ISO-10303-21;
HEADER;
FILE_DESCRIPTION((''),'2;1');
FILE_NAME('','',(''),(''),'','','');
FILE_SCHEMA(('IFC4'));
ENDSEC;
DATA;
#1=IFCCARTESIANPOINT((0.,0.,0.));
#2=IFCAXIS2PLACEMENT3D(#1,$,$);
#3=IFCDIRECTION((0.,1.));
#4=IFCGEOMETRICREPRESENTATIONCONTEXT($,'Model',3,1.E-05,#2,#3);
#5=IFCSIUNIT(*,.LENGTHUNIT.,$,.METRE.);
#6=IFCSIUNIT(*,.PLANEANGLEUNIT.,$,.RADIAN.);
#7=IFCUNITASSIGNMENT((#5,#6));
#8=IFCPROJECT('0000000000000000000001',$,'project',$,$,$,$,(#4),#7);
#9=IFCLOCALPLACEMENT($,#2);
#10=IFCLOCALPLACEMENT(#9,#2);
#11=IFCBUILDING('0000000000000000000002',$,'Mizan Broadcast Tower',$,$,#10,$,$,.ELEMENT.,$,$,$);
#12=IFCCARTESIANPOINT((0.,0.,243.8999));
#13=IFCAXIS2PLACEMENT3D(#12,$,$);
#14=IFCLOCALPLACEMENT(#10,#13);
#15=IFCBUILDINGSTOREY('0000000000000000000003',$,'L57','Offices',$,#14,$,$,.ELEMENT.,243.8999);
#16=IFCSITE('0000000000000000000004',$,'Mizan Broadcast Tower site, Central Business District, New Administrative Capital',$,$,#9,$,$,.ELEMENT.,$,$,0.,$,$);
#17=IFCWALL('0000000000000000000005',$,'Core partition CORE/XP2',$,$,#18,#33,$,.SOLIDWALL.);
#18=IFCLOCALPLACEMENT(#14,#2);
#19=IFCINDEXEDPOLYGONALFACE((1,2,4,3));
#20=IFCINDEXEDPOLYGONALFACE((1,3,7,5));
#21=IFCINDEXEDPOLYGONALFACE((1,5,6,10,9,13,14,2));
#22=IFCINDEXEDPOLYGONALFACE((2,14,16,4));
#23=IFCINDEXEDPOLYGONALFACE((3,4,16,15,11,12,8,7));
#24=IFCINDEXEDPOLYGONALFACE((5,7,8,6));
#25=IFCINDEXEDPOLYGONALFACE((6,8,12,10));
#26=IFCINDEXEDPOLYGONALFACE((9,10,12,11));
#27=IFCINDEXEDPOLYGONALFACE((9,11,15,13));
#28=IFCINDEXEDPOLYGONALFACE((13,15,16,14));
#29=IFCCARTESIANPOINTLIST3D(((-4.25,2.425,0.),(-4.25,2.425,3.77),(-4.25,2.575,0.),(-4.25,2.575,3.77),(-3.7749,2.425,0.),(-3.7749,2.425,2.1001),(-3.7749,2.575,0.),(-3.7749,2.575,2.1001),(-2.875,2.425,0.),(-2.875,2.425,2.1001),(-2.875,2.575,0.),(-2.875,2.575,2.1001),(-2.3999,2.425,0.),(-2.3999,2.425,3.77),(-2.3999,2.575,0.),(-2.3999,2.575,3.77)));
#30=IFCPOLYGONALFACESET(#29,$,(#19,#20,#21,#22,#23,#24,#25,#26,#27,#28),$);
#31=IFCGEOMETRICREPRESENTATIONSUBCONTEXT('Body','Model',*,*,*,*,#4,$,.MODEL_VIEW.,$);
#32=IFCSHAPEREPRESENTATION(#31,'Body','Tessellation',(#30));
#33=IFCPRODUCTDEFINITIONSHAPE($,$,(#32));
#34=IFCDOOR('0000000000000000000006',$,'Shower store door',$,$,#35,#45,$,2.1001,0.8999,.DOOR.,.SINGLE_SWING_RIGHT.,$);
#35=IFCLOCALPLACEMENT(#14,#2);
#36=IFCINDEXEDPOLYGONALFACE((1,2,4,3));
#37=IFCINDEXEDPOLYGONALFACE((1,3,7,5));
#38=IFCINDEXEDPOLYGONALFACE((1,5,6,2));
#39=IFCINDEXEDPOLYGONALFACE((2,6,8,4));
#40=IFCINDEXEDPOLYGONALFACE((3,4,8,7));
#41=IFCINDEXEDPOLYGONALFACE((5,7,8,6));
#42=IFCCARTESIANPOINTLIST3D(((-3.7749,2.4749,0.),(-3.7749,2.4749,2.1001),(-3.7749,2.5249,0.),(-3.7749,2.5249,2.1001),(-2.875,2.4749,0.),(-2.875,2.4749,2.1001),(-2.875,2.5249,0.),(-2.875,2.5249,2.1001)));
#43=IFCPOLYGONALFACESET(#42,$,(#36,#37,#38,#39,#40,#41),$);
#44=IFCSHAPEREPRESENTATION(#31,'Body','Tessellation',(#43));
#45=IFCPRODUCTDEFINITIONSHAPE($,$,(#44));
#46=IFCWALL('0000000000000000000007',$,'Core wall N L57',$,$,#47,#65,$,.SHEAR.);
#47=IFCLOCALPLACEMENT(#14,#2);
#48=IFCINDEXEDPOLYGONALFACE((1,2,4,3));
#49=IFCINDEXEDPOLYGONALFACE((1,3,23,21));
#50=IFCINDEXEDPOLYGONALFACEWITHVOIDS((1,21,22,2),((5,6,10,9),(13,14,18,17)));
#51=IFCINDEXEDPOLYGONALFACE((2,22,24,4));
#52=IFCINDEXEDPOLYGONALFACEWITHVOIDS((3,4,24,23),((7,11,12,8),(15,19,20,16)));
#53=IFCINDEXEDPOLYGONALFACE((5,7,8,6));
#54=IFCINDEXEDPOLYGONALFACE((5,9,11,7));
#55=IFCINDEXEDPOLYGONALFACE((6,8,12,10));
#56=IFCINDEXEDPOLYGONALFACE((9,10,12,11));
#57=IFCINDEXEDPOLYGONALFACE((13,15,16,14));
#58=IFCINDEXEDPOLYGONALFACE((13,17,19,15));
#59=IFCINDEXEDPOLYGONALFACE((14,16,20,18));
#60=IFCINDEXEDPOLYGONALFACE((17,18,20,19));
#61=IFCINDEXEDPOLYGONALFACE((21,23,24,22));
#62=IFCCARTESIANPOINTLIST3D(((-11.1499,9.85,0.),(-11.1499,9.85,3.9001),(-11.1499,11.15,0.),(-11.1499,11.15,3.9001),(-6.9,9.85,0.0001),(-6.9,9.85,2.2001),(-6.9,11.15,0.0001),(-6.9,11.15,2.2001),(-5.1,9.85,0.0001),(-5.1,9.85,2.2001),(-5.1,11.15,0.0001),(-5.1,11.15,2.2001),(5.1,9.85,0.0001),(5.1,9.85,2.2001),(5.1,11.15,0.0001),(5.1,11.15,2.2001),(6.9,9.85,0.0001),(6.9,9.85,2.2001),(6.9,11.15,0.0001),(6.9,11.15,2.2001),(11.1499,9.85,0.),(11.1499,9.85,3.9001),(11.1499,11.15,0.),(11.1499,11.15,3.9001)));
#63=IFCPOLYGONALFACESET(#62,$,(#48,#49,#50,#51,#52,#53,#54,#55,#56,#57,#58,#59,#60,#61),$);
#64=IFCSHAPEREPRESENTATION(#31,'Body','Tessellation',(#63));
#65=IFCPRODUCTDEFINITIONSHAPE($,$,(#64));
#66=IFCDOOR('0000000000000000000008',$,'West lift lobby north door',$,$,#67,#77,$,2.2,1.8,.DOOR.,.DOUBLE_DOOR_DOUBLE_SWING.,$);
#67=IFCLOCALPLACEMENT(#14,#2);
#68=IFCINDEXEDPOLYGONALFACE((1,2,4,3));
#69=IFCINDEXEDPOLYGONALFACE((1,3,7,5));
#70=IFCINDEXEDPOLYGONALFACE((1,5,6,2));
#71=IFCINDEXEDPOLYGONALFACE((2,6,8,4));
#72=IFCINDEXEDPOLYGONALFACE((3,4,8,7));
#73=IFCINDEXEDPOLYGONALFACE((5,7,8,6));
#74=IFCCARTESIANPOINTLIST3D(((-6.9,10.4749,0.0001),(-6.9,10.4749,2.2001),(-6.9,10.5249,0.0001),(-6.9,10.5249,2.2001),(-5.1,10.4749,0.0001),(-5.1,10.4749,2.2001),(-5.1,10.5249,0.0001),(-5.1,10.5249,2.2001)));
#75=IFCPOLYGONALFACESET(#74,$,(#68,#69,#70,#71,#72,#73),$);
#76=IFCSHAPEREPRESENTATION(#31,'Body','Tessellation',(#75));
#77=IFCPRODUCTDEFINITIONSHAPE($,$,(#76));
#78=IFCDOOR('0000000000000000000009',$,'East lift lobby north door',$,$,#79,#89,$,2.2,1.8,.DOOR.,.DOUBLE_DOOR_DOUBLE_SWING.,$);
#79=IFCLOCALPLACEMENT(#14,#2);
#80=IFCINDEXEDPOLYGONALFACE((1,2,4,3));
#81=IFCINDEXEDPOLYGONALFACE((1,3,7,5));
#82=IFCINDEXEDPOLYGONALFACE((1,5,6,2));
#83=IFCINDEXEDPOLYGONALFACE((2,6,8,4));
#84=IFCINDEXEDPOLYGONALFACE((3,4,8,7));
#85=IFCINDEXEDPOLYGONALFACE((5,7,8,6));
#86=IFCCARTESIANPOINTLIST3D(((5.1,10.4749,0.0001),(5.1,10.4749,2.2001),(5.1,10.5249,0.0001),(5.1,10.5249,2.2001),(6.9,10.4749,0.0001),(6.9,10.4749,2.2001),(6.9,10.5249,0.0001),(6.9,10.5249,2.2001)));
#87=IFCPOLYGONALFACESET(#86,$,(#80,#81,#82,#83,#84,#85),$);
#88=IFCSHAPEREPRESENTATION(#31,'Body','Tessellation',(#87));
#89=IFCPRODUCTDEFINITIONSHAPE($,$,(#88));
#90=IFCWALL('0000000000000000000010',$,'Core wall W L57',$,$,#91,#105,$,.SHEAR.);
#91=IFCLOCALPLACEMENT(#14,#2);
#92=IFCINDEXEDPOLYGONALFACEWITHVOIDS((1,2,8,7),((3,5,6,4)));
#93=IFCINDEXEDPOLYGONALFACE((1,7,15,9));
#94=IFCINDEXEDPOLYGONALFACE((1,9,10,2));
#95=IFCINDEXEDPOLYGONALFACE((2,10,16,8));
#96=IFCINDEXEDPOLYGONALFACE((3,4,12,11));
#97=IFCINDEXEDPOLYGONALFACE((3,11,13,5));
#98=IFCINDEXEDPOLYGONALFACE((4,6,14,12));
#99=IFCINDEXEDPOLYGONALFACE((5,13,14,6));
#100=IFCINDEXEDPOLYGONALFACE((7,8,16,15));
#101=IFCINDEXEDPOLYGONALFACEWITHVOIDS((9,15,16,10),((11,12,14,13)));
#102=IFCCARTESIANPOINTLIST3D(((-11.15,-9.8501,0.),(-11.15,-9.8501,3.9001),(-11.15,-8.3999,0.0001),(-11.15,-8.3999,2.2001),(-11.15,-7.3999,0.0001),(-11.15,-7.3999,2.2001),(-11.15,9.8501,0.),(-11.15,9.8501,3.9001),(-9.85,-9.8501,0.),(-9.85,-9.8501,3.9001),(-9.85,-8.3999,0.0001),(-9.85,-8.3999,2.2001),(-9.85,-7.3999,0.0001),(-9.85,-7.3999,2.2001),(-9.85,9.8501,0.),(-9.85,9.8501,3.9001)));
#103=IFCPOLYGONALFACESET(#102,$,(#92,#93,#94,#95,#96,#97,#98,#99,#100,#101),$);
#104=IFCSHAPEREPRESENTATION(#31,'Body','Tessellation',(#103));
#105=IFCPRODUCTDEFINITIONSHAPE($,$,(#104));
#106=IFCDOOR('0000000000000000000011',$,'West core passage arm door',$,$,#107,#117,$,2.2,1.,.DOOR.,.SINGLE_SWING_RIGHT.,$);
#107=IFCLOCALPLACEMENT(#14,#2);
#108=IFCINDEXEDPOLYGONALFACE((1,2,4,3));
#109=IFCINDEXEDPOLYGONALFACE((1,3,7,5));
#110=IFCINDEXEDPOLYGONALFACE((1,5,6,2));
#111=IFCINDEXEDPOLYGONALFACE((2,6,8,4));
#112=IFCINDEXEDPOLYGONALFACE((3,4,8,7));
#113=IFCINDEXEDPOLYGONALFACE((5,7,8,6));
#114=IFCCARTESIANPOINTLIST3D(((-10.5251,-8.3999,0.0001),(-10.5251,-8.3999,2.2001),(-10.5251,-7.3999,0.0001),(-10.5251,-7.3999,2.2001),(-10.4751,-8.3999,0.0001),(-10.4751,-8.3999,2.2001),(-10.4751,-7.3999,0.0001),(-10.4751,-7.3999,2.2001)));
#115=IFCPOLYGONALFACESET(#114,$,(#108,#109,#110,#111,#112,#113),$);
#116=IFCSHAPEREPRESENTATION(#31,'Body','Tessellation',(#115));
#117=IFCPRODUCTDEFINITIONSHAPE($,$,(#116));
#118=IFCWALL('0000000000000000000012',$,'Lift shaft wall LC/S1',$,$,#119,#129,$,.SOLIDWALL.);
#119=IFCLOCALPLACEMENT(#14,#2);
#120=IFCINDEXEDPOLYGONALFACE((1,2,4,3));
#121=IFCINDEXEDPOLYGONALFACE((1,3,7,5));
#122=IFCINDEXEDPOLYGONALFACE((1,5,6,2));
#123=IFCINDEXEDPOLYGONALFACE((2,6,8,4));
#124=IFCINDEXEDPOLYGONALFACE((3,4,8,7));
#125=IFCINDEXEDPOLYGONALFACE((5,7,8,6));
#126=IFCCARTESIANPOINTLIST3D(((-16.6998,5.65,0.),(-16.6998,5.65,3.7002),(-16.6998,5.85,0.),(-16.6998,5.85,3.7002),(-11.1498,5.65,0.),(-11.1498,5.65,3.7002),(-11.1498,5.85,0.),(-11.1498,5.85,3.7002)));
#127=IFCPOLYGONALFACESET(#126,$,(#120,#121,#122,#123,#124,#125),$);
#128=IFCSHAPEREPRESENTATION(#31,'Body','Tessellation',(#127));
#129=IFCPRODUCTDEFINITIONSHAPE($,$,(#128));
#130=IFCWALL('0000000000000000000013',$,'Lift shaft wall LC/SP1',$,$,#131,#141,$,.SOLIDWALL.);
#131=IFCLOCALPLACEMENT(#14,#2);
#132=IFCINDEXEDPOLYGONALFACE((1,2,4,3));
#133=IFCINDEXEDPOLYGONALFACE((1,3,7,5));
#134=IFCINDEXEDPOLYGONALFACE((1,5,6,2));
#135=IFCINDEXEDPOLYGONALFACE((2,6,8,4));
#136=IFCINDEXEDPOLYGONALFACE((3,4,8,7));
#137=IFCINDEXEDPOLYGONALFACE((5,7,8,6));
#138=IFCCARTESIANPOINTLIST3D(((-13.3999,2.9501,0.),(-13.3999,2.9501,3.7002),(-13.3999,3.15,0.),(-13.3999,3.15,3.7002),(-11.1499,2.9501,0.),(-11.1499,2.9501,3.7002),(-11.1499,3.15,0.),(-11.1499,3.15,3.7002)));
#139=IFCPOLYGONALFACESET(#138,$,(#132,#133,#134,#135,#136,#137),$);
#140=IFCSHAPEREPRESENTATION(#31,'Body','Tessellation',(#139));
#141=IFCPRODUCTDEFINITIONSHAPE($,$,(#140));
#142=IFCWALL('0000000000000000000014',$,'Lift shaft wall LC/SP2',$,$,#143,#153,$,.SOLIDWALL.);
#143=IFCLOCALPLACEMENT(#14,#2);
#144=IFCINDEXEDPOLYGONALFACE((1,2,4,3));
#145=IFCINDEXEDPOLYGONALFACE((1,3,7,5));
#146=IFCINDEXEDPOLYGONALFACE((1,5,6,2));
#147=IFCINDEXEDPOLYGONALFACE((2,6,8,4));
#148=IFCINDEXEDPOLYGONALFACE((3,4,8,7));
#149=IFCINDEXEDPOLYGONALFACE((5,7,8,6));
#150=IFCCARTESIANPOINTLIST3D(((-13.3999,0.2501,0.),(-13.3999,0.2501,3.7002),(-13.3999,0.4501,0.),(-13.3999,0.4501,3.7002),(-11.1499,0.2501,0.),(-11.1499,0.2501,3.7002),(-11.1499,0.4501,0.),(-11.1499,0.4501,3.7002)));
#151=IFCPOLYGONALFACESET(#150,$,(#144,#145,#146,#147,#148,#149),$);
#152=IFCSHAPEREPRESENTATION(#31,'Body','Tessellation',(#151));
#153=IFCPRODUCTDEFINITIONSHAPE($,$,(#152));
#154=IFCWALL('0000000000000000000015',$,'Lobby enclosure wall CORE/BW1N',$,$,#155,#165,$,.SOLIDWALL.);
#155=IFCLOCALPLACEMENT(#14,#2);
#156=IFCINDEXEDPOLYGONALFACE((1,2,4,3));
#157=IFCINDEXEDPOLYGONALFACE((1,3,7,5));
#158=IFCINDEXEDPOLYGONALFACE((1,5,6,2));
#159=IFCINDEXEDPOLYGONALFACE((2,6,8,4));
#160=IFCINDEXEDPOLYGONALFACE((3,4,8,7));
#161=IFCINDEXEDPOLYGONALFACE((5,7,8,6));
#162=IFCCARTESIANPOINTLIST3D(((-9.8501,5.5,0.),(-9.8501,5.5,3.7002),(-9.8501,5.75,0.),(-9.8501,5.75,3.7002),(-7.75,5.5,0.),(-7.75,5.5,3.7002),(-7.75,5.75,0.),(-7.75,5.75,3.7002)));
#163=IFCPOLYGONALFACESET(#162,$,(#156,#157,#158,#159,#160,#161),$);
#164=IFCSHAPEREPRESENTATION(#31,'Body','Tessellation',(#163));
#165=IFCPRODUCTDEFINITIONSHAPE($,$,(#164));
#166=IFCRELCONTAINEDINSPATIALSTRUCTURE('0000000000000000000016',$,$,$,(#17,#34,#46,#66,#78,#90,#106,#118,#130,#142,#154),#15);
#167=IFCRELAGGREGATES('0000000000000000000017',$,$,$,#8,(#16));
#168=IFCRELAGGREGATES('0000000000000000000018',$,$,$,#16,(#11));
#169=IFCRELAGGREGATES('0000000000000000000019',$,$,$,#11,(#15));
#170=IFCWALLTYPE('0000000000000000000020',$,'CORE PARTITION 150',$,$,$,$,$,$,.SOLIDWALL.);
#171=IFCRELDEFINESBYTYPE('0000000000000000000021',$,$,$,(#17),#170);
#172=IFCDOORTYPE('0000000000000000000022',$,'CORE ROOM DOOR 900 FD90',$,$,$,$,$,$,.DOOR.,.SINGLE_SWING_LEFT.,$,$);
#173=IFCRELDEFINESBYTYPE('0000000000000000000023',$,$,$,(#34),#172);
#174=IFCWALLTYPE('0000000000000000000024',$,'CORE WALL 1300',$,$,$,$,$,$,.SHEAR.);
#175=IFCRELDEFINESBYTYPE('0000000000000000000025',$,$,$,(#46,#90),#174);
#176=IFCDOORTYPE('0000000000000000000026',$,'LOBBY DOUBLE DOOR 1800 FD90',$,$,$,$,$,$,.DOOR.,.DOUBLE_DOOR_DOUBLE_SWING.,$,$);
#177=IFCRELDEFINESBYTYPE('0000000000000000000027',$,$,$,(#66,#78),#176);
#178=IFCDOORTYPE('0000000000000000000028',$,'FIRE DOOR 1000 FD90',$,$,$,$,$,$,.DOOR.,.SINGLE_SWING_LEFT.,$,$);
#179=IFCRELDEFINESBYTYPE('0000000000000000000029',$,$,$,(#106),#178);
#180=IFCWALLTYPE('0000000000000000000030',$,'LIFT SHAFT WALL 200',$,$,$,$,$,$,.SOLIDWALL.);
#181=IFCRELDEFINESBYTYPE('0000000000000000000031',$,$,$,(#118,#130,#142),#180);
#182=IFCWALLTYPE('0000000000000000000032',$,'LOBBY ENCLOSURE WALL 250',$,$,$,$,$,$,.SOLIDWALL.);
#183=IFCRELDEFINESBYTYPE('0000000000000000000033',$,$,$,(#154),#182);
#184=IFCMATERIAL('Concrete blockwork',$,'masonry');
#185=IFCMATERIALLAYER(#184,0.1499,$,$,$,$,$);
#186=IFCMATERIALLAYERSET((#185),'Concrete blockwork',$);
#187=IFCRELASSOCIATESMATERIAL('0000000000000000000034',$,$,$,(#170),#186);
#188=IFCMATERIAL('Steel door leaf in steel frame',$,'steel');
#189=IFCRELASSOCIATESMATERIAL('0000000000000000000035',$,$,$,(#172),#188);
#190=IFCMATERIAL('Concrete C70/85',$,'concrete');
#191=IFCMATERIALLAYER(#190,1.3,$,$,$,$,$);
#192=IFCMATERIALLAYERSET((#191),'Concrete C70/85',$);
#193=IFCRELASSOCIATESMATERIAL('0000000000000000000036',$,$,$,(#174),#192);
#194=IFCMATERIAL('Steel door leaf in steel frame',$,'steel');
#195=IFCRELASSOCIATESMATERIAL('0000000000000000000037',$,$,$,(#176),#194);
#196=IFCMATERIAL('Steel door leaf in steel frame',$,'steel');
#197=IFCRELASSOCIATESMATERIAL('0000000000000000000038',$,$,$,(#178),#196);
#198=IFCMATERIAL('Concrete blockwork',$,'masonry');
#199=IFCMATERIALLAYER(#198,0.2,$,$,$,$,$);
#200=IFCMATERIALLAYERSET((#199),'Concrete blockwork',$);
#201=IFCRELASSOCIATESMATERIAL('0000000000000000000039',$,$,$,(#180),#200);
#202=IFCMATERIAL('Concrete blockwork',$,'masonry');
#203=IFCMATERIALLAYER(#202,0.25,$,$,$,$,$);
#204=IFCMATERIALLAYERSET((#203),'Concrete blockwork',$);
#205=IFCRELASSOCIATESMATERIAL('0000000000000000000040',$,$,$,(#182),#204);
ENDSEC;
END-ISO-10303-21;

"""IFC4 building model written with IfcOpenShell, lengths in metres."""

from ifc_helpers import new_model, si_unit, direction, frame, frame_2d, origin, place, context, subcontext, project, spatial, rectangle, extrude, material, layer, layer_set, type_object, element, fill, save


model = new_model("IFC4")

# Units and contexts
model_context = context("Model", 3, precision=1e-05, world=origin(), true_north=direction((0.0, 1.0)))
body_context = subcontext(model_context, "Body", "Model", "MODEL_VIEW")
ifc_project = project(units=[si_unit("LENGTHUNIT", "METRE"), si_unit("PLANEANGLEUNIT", "RADIAN")], contexts=[model_context])

# Site, building, storey
site_placement = place(None, origin())
site = spatial("IfcSite", under=ifc_project, at=site_placement, Name="Mizan Broadcast Tower site, Central Business District, New Administrative Capital", CompositionType="ELEMENT", RefElevation=0.0)
building_placement = place(site_placement, origin())
building = spatial("IfcBuilding", under=site, at=building_placement, Name="Mizan Broadcast Tower", CompositionType="ELEMENT")
storey_placement = place(building_placement, frame((0.0, 0.0, 243.8999)))
storey = spatial("IfcBuildingStorey", under=building, at=storey_placement, Name="L57", Description="Offices", CompositionType="ELEMENT", Elevation=243.8999)

# Wall, opening, door
ifc_material_1 = material(Name="Concrete blockwork", Category="masonry")
ifc_layer_1 = layer(ifc_material_1, 0.1499)
ifc_layer_set_1 = layer_set([ifc_layer_1], Name="Concrete blockwork")
wall_type_1 = type_object("IfcWallType", Name="CORE PARTITION 150", PredefinedType="SOLIDWALL", material=ifc_layer_set_1)
wall_1_placement = place(storey_placement, frame((-4.25, 2.5, 0.0), z_axis=(0.0, 0.0, 1.0), x_axis=(1.0, 0.0, 0.0)))
wall_1 = element("IfcWall", 1, at=wall_1_placement, inside=storey, type_object=wall_type_1, Name="Core partition CORE/XP2", PredefinedType="SOLIDWALL", context=body_context, shape_type="SweptSolid", body=[
    extrude(rectangle(XDim=1.8501, YDim=0.1499, at=frame_2d((0.925, 0.0))), origin(), (0.0, 0.0, 1.0), 3.77),
])
opening_1_placement = place(wall_1_placement, frame((0.4751, 0.0, 0.0)))
opening_1 = element("IfcOpeningElement", 2, at=opening_1_placement, cuts=wall_1, PredefinedType="OPENING", context=body_context, shape_type="SweptSolid", body=[
    extrude(rectangle(XDim=0.8999, YDim=2.1001, at=frame_2d((0.45, 1.05))), frame((0.0, 0.085, 0.0), z_axis=(0.0, -1.0, 0.0), x_axis=(1.0, 0.0, 0.0)), (0.0, 0.0, 1.0), 0.1699),
])
ifc_material_2 = material(Name="Steel door leaf in steel frame", Category="steel")
door_type_1 = type_object("IfcDoorType", Name="CORE ROOM DOOR 900 FD90", OperationType="SINGLE_SWING_LEFT", PredefinedType="DOOR", material=ifc_material_2)
door_1_placement = place(opening_1_placement, origin())
door_1 = element("IfcDoor", 3, at=door_1_placement, inside=storey, type_object=door_type_1, Name="Shower store door", OperationType="SINGLE_SWING_RIGHT", OverallHeight=2.1001, OverallWidth=0.8999, PredefinedType="DOOR", context=body_context, shape_type="SweptSolid", body=[
    extrude(rectangle(XDim=0.8999, YDim=2.1001, at=frame_2d((0.45, 1.05))), frame((0.0, 0.0249, 0.0), z_axis=(0.0, -1.0, 0.0), x_axis=(1.0, 0.0, 0.0)), (0.0, 0.0, 1.0), 0.05),
])
fill(opening_1, door_1)

# Wall, openings, doors
ifc_material_3 = material(Name="Concrete C70/85", Category="concrete")
ifc_layer_2 = layer(ifc_material_3, 1.3)
ifc_layer_set_2 = layer_set([ifc_layer_2], Name="Concrete C70/85")
wall_type_2 = type_object("IfcWallType", Name="CORE WALL 1300", PredefinedType="SHEAR", material=ifc_layer_set_2)
wall_2_placement = place(storey_placement, frame((-11.1499, 10.5, 0.0), z_axis=(0.0, 0.0, 1.0), x_axis=(1.0, 0.0, 0.0)))
wall_2 = element("IfcWall", 4, at=wall_2_placement, inside=storey, type_object=wall_type_2, Name="Core wall N L57", PredefinedType="SHEAR", context=body_context, shape_type="SweptSolid", body=[
    extrude(rectangle(XDim=22.2998, YDim=1.3, at=frame_2d((11.1499, 0.0))), origin(), (0.0, 0.0, 1.0), 3.9001),
])
opening_2_placement = place(wall_2_placement, frame((4.25, 0.0, 0.0)))
opening_2 = element("IfcOpeningElement", 5, at=opening_2_placement, cuts=wall_2, PredefinedType="OPENING", context=body_context, shape_type="SweptSolid", body=[
    extrude(rectangle(XDim=1.8, YDim=2.2, at=frame_2d((0.8999, 1.1001))), frame((0.0, 0.6599, 0.0), z_axis=(0.0, -1.0, 0.0), x_axis=(1.0, 0.0, 0.0)), (0.0, 0.0, 1.0), 1.3201),
])
opening_3_placement = place(wall_2_placement, frame((16.25, 0.0, 0.0)))
opening_3 = element("IfcOpeningElement", 6, at=opening_3_placement, cuts=wall_2, PredefinedType="OPENING", context=body_context, shape_type="SweptSolid", body=[
    extrude(rectangle(XDim=1.8, YDim=2.2, at=frame_2d((0.8999, 1.1001))), frame((0.0, 0.6599, 0.0), z_axis=(0.0, -1.0, 0.0), x_axis=(1.0, 0.0, 0.0)), (0.0, 0.0, 1.0), 1.3201),
])
ifc_material_4 = material(Name="Steel door leaf in steel frame", Category="steel")
door_type_2 = type_object("IfcDoorType", Name="LOBBY DOUBLE DOOR 1800 FD90", OperationType="DOUBLE_DOOR_DOUBLE_SWING", PredefinedType="DOOR", material=ifc_material_4)
door_2_placement = place(opening_2_placement, origin())
door_2 = element("IfcDoor", 7, at=door_2_placement, inside=storey, type_object=door_type_2, Name="West lift lobby north door", OperationType="DOUBLE_DOOR_DOUBLE_SWING", OverallHeight=2.2, OverallWidth=1.8, PredefinedType="DOOR", context=body_context, shape_type="SweptSolid", body=[
    extrude(rectangle(XDim=1.8, YDim=2.2, at=frame_2d((0.8999, 1.1001))), frame((0.0, 0.0249, 0.0), z_axis=(0.0, -1.0, 0.0), x_axis=(1.0, 0.0, 0.0)), (0.0, 0.0, 1.0), 0.05),
])
fill(opening_2, door_2)
door_3_placement = place(opening_3_placement, origin())
door_3 = element("IfcDoor", 8, at=door_3_placement, inside=storey, type_object=door_type_2, Name="East lift lobby north door", OperationType="DOUBLE_DOOR_DOUBLE_SWING", OverallHeight=2.2, OverallWidth=1.8, PredefinedType="DOOR", context=body_context, shape_type="SweptSolid", body=[
    extrude(rectangle(XDim=1.8, YDim=2.2, at=frame_2d((0.8999, 1.1001))), frame((0.0, 0.0249, 0.0), z_axis=(0.0, -1.0, 0.0), x_axis=(1.0, 0.0, 0.0)), (0.0, 0.0, 1.0), 0.05),
])
fill(opening_3, door_3)

# Wall, opening, door
wall_3_placement = place(storey_placement, frame((-10.5, 9.8501, 0.0), z_axis=(0.0, 0.0, 1.0), x_axis=(0.0, -1.0, 0.0)))
wall_3 = element("IfcWall", 9, at=wall_3_placement, inside=storey, type_object=wall_type_2, Name="Core wall W L57", PredefinedType="SHEAR", context=body_context, shape_type="SweptSolid", body=[
    extrude(rectangle(XDim=19.7002, YDim=1.3, at=frame_2d((9.8501, 0.0))), origin(), (0.0, 0.0, 1.0), 3.9001),
])
opening_4_placement = place(wall_3_placement, frame((17.25, 0.0, 0.0)))
opening_4 = element("IfcOpeningElement", 10, at=opening_4_placement, cuts=wall_3, PredefinedType="OPENING", context=body_context, shape_type="SweptSolid", body=[
    extrude(rectangle(XDim=1.0, YDim=2.2, at=frame_2d((0.5, 1.1001))), frame((0.0, 0.6599, 0.0), z_axis=(0.0, -1.0, 0.0), x_axis=(1.0, 0.0, 0.0)), (0.0, 0.0, 1.0), 1.3201),
])
ifc_material_5 = material(Name="Steel door leaf in steel frame", Category="steel")
door_type_3 = type_object("IfcDoorType", Name="FIRE DOOR 1000 FD90", OperationType="SINGLE_SWING_LEFT", PredefinedType="DOOR", material=ifc_material_5)
door_4_placement = place(opening_4_placement, origin())
door_4 = element("IfcDoor", 11, at=door_4_placement, inside=storey, type_object=door_type_3, Name="West core passage arm door", OperationType="SINGLE_SWING_RIGHT", OverallHeight=2.2, OverallWidth=1.0, PredefinedType="DOOR", context=body_context, shape_type="SweptSolid", body=[
    extrude(rectangle(XDim=1.0, YDim=2.2, at=frame_2d((0.5, 1.1001))), frame((0.0, 0.0249, 0.0), z_axis=(0.0, -1.0, 0.0), x_axis=(1.0, 0.0, 0.0)), (0.0, 0.0, 1.0), 0.05),
])
fill(opening_4, door_4)

# Walls
ifc_material_6 = material(Name="Concrete blockwork", Category="masonry")
ifc_layer_3 = layer(ifc_material_6, 0.2)
ifc_layer_set_3 = layer_set([ifc_layer_3], Name="Concrete blockwork")
wall_type_3 = type_object("IfcWallType", Name="LIFT SHAFT WALL 200", PredefinedType="SOLIDWALL", material=ifc_layer_set_3)
wall_4_placement = place(storey_placement, frame((-11.1499, 5.75, 0.0), z_axis=(0.0, 0.0, 1.0), x_axis=(-1.0, 0.0, 0.0)))
element("IfcWall", 12, at=wall_4_placement, inside=storey, type_object=wall_type_3, Name="Lift shaft wall LC/S1", PredefinedType="SOLIDWALL", context=body_context, shape_type="SweptSolid", body=[
    extrude(rectangle(XDim=5.55, YDim=0.2, at=frame_2d((2.7749, 0.0))), origin(), (0.0, 0.0, 1.0), 3.7002),
])
for number, where, z_axis, x_axis, name in (
    (13, (-11.1499, 3.05, 0.0), (0.0, 0.0, 1.0), (-1.0, 0.0, 0.0), "Lift shaft wall LC/SP1"),
    (14, (-11.1499, 0.3501, 0.0), (0.0, 0.0, 1.0), (-1.0, 0.0, 0.0), "Lift shaft wall LC/SP2"),
):
    element("IfcWall", number, at=place(storey_placement, frame(where, z_axis=z_axis, x_axis=x_axis)), inside=storey, type_object=wall_type_3, Name=name, PredefinedType="SOLIDWALL", context=body_context, shape_type="SweptSolid", body=[
        extrude(rectangle(XDim=2.25, YDim=0.2, at=frame_2d((1.125, 0.0))), origin(), (0.0, 0.0, 1.0), 3.7002),
    ])
ifc_material_7 = material(Name="Concrete blockwork", Category="masonry")
ifc_layer_4 = layer(ifc_material_7, 0.25)
ifc_layer_set_4 = layer_set([ifc_layer_4], Name="Concrete blockwork")
wall_type_4 = type_object("IfcWallType", Name="LOBBY ENCLOSURE WALL 250", PredefinedType="SOLIDWALL", material=ifc_layer_set_4)
wall_5_placement = place(storey_placement, frame((-9.8501, 5.625, 0.0), z_axis=(0.0, 0.0, 1.0), x_axis=(1.0, 0.0, 0.0)))
element("IfcWall", 15, at=wall_5_placement, inside=storey, type_object=wall_type_4, Name="Lobby enclosure wall CORE/BW1N", PredefinedType="SOLIDWALL", context=body_context, shape_type="SweptSolid", body=[
    extrude(rectangle(XDim=2.1001, YDim=0.25, at=frame_2d((1.05, 0.0))), origin(), (0.0, 0.0, 1.0), 3.7002),
])

save(model, "model.ifc")
